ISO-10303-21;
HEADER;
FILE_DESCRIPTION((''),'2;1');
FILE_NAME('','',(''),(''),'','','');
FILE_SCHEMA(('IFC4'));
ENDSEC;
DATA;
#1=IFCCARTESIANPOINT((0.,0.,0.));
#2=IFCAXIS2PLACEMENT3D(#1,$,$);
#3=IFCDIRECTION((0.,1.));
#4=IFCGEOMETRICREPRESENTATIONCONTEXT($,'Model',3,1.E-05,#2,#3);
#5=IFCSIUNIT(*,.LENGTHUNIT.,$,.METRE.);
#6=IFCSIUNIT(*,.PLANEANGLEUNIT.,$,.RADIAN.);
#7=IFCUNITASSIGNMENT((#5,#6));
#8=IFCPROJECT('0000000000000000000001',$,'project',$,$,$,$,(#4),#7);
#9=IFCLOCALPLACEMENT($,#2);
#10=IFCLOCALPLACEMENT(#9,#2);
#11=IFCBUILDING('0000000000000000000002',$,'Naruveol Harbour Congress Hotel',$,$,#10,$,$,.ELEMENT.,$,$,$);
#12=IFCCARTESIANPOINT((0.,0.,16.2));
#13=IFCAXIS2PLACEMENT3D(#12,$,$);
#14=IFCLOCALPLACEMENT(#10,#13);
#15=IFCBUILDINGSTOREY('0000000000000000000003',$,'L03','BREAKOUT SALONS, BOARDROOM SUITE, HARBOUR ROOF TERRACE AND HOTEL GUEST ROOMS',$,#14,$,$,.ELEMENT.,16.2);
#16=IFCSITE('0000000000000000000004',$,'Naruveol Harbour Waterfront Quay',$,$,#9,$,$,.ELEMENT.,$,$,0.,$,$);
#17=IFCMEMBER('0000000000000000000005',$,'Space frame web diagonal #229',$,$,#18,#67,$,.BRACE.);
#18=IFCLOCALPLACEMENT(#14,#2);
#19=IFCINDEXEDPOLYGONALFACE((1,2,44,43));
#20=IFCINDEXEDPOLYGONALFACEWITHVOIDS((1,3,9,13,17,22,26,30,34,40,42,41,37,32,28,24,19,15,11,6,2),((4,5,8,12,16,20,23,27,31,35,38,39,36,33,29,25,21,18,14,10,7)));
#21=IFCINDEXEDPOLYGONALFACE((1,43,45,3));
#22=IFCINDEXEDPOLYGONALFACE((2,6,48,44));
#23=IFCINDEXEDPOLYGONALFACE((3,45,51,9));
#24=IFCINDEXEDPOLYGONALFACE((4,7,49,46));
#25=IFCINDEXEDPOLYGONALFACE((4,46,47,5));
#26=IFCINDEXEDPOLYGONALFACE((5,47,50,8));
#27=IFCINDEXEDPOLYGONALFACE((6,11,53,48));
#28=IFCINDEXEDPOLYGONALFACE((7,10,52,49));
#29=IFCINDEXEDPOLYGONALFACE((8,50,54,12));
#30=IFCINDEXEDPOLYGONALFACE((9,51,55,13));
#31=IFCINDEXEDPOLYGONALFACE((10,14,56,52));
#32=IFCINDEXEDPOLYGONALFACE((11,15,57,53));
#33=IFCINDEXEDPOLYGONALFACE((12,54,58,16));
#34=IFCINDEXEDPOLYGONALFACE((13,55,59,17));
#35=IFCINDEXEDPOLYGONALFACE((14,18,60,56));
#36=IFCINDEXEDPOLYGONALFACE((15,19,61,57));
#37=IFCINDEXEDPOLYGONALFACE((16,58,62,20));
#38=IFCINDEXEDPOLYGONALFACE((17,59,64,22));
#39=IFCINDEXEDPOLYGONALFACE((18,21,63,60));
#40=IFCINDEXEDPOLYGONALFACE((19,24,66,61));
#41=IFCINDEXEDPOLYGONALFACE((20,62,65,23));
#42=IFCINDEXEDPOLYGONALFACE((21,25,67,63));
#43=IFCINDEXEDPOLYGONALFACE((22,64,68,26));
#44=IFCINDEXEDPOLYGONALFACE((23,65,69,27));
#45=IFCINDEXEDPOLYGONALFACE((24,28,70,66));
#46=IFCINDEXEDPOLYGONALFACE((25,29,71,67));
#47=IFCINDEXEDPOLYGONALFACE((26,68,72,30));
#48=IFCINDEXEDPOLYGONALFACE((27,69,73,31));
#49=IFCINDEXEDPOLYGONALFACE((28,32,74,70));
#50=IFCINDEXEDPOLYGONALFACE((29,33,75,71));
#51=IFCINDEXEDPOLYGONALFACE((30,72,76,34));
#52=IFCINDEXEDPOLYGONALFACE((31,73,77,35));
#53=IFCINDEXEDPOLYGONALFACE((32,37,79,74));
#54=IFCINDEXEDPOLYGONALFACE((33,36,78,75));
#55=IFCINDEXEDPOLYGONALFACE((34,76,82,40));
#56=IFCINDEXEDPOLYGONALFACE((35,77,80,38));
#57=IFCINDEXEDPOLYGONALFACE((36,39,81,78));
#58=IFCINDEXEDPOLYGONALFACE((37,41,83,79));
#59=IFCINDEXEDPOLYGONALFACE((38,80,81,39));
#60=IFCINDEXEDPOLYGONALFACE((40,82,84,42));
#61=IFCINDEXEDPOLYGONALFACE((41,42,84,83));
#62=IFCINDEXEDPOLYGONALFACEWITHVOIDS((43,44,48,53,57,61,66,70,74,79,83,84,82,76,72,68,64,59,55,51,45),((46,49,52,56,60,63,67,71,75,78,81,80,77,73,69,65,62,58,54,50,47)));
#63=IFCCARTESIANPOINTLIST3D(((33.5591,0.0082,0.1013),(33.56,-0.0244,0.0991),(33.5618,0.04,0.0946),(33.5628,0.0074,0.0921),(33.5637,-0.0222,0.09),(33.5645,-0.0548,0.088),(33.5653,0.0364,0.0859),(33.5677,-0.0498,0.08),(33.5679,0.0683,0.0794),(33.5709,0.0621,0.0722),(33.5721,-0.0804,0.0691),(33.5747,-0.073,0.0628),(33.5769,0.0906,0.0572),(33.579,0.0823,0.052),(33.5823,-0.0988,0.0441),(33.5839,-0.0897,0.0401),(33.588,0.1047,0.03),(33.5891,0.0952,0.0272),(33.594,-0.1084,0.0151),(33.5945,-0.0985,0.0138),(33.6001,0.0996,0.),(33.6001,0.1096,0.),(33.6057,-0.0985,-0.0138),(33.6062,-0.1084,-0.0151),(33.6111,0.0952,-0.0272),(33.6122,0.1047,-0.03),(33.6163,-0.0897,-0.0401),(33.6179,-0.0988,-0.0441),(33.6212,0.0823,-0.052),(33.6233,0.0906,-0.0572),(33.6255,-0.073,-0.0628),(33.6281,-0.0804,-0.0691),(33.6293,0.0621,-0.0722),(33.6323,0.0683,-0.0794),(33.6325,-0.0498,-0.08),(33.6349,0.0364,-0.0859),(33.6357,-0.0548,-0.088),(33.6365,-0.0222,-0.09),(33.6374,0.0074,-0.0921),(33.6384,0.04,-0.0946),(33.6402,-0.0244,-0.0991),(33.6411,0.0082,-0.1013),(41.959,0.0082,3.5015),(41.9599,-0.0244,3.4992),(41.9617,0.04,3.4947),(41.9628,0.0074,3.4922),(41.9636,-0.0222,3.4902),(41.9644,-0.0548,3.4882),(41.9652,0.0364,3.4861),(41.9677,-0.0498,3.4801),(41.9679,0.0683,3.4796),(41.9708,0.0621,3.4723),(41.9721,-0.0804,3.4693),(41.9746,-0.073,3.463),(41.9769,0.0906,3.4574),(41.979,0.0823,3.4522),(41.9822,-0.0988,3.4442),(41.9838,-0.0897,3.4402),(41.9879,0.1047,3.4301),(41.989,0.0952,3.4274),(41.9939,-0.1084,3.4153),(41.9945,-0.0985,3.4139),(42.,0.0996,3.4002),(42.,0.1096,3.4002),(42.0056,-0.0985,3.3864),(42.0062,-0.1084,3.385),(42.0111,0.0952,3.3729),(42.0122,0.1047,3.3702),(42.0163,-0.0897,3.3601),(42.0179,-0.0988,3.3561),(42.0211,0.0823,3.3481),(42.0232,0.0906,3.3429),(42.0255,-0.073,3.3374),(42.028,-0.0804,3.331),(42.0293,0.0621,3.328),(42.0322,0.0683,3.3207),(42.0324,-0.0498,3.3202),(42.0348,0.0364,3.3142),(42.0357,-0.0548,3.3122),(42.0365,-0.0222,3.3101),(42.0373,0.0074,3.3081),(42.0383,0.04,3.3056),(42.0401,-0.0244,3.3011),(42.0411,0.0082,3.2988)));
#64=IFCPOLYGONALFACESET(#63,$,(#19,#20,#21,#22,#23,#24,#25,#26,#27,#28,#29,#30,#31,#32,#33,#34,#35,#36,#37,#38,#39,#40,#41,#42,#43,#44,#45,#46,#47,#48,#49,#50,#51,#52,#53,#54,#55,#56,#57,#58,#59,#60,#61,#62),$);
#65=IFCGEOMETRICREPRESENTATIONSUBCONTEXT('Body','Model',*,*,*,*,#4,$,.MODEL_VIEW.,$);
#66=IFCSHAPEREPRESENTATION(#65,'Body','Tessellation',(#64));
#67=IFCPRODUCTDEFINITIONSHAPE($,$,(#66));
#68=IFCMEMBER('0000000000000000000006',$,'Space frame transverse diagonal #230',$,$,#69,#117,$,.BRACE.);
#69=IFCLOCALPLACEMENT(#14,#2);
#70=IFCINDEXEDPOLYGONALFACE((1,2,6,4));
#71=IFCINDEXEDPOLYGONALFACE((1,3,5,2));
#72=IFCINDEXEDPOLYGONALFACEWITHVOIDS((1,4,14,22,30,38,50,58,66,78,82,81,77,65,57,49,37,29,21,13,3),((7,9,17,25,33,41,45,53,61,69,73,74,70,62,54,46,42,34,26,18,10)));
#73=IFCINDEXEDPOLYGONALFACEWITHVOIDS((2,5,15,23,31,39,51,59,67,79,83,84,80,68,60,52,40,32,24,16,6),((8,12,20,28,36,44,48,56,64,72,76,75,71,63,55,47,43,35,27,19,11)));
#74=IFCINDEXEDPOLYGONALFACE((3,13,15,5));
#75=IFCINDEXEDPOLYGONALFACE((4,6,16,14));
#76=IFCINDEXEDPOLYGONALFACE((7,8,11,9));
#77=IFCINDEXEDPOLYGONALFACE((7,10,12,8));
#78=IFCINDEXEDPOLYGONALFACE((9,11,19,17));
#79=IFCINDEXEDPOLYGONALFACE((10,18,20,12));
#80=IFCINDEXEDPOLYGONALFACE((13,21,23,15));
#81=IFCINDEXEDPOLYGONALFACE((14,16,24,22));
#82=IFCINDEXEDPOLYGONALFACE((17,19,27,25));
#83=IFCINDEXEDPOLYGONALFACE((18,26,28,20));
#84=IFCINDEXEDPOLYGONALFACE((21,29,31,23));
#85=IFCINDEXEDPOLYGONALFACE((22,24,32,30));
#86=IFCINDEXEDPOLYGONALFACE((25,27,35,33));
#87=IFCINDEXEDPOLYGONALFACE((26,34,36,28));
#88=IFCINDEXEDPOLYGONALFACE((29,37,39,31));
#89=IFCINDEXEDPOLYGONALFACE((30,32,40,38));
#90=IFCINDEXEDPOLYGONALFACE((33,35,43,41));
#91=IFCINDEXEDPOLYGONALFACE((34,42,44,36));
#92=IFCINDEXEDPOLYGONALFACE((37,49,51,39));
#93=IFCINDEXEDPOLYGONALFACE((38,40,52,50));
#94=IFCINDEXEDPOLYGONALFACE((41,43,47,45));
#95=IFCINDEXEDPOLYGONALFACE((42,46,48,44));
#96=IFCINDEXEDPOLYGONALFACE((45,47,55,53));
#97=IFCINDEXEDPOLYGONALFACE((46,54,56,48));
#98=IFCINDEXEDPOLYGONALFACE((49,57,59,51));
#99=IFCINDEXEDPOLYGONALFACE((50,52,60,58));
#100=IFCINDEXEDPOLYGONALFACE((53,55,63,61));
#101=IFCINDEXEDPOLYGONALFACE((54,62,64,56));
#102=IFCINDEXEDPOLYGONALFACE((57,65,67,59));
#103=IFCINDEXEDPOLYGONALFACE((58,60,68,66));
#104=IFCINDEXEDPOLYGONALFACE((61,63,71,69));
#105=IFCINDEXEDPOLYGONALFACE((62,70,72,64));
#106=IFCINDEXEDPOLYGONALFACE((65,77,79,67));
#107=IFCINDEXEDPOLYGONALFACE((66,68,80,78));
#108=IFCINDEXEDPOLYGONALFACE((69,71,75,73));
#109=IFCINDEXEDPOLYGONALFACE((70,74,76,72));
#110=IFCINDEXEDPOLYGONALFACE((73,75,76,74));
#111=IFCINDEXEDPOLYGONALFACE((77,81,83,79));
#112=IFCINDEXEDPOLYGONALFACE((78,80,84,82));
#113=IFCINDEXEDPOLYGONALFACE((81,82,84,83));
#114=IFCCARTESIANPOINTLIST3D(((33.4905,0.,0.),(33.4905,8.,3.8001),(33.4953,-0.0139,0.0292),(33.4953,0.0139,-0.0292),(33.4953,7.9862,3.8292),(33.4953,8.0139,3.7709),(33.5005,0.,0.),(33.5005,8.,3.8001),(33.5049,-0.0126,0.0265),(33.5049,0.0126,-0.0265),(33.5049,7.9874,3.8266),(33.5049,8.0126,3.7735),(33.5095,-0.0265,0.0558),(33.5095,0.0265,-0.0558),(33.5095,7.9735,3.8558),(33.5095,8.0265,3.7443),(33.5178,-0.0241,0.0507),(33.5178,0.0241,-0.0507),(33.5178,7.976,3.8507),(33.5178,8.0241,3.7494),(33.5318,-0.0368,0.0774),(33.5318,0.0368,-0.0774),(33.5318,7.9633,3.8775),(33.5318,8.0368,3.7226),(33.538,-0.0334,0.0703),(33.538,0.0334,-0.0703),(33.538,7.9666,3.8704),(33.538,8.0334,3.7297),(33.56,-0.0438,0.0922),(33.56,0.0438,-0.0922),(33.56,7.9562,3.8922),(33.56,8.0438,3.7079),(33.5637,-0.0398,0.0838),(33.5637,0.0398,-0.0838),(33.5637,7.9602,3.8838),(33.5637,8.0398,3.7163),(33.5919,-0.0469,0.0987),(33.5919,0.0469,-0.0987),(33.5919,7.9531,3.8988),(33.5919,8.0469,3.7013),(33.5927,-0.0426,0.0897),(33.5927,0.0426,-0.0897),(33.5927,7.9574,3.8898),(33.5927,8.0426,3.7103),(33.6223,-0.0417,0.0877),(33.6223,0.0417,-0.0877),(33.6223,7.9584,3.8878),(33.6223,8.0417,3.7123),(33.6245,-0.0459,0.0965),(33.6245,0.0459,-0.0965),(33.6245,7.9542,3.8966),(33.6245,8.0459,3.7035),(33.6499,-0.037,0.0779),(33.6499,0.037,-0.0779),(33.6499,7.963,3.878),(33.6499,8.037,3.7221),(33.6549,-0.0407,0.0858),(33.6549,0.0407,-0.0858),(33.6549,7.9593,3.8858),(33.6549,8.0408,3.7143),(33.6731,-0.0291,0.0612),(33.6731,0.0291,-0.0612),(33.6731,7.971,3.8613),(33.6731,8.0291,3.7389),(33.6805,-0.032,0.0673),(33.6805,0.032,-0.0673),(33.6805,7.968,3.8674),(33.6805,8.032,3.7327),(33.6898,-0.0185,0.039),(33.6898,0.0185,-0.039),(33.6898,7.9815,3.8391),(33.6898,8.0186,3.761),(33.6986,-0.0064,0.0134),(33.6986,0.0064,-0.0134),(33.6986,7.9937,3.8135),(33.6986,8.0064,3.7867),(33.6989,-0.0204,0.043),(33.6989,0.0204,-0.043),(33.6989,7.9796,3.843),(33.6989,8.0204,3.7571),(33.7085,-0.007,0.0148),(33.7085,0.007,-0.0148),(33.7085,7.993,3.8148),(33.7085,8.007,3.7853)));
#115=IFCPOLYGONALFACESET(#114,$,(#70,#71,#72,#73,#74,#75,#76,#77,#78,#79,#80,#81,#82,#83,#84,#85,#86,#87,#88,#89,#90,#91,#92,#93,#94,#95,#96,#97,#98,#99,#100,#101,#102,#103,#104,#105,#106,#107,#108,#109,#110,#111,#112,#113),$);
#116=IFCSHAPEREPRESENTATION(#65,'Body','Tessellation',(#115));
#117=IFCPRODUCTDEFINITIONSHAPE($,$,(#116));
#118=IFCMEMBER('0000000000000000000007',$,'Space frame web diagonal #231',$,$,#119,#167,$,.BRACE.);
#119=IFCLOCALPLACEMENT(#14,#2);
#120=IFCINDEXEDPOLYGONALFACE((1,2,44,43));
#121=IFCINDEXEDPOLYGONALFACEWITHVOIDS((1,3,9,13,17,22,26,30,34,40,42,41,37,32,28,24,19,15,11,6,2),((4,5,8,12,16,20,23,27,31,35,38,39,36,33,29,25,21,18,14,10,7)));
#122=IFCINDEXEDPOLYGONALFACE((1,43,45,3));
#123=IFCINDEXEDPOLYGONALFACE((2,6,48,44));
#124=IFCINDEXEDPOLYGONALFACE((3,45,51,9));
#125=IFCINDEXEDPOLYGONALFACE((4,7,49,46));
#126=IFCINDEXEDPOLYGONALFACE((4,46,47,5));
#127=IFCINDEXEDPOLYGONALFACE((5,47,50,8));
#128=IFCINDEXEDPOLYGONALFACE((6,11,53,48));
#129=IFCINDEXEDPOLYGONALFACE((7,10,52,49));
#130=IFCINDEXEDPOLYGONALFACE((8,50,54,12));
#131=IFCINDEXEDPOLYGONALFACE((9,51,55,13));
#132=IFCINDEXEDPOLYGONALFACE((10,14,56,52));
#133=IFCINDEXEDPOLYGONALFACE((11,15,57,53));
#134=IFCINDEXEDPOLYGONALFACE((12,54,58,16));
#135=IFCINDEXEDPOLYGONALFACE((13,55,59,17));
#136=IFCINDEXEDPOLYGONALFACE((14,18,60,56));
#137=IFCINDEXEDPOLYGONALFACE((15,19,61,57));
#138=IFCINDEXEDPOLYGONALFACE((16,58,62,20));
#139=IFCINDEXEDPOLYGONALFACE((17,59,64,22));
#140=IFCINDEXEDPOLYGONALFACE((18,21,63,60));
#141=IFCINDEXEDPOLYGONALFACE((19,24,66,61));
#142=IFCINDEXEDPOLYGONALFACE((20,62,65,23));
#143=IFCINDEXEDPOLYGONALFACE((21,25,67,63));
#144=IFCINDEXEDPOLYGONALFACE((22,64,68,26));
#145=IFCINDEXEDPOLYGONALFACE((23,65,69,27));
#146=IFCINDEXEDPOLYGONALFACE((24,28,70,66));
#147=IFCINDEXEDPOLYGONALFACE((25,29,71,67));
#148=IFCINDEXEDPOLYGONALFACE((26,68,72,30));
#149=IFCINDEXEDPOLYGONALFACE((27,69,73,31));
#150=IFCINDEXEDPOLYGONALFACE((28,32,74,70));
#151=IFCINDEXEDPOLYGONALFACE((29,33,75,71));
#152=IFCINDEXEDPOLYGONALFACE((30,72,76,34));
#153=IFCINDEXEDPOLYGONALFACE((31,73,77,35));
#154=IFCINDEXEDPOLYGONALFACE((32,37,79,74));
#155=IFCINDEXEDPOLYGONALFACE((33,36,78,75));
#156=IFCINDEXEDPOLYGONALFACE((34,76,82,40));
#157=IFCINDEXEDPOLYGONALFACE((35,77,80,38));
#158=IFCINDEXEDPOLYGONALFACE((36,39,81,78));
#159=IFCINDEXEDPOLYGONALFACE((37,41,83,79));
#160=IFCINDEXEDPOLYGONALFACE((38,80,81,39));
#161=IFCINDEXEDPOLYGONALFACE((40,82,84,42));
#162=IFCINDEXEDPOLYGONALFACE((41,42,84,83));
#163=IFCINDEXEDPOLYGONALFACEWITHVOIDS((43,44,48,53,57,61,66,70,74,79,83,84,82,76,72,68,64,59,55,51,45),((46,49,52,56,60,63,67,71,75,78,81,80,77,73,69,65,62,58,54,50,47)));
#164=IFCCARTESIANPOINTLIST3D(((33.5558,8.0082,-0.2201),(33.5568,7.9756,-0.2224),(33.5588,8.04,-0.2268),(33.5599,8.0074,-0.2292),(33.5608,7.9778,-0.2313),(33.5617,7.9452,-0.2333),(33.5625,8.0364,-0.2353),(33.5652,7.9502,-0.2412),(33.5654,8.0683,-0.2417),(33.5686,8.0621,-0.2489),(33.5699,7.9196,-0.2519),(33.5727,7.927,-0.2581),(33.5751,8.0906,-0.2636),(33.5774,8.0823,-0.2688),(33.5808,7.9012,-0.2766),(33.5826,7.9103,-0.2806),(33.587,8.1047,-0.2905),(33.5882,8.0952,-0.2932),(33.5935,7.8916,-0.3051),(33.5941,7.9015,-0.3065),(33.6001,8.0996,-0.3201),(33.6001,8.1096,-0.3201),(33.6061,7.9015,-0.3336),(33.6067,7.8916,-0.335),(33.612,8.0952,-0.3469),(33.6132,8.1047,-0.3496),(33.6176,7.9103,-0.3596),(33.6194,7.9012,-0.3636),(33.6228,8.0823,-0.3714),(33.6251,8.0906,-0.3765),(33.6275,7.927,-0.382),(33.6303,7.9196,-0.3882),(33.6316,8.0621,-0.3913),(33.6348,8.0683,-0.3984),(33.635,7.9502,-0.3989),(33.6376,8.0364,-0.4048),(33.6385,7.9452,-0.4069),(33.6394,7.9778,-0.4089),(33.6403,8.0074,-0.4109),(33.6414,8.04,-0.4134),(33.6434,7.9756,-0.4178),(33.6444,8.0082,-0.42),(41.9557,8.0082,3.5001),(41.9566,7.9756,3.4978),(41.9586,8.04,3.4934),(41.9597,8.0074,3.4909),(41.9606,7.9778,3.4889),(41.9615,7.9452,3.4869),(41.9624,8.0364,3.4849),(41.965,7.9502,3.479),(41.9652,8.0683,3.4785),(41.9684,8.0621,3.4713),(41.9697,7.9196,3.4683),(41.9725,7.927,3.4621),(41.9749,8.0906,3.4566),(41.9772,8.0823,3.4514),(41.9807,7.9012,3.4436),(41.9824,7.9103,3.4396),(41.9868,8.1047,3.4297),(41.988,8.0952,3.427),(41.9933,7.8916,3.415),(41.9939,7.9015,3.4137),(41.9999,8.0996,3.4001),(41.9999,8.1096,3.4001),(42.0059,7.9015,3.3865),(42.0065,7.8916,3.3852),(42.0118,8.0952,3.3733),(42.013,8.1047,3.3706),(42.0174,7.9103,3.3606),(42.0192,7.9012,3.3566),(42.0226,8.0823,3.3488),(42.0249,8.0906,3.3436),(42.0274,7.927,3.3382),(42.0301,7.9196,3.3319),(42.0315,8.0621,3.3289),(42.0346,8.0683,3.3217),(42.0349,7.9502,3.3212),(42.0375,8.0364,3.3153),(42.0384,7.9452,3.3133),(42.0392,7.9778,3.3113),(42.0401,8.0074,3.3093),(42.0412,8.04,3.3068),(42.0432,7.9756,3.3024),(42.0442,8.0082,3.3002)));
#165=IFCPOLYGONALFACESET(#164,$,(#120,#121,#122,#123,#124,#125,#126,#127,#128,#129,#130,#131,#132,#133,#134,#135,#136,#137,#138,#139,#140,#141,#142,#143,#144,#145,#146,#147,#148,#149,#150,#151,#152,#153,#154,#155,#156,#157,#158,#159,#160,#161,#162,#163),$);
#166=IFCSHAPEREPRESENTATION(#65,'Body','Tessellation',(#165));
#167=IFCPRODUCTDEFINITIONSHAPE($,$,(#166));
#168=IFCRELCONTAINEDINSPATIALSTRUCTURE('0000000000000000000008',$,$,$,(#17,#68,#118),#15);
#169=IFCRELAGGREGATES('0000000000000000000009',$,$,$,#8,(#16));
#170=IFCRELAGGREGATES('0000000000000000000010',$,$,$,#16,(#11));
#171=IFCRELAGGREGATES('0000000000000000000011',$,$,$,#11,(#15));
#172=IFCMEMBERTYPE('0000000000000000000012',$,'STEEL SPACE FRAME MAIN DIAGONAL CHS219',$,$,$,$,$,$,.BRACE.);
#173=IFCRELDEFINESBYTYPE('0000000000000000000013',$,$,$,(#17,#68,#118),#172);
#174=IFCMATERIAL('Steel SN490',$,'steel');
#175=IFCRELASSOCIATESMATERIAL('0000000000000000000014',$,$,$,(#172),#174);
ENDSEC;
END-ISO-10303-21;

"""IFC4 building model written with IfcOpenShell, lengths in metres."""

from ifc_helpers import new_model, si_unit, direction, frame, origin, origin_2d, place, context, subcontext, project, spatial, hollow_circle, extrude, material, material_profile, profile_set, type_object, element, save


model = new_model("IFC4")

# Units and contexts
model_context = context("Model", 3, precision=1e-05, world=origin(), true_north=direction((0.0, 1.0)))
body_context = subcontext(model_context, "Body", "Model", "MODEL_VIEW")
ifc_project = project(units=[si_unit("LENGTHUNIT", "METRE"), si_unit("PLANEANGLEUNIT", "RADIAN")], contexts=[model_context])

# Site, building, storey
site_placement = place(None, origin())
site = spatial("IfcSite", under=ifc_project, at=site_placement, Name="Naruveol Harbour Waterfront Quay", CompositionType="ELEMENT", RefElevation=0.0)
building_placement = place(site_placement, origin())
building = spatial("IfcBuilding", under=site, at=building_placement, Name="Naruveol Harbour Congress Hotel", CompositionType="ELEMENT")
storey_placement = place(building_placement, frame((0.0, 0.0, 16.2)))
storey = spatial("IfcBuildingStorey", under=building, at=storey_placement, Name="L03", Description="BREAKOUT SALONS, BOARDROOM SUITE, HARBOUR ROOF TERRACE AND HOTEL GUEST ROOMS", CompositionType="ELEMENT", Elevation=16.2)

# Members
ifc_material_1 = material(Name="Steel SN490", Category="steel")
ifc_material_profile_1 = material_profile(ifc_material_1, hollow_circle(Radius=0.1096, WallThickness=0.01, at=origin_2d()), Name="CHS-219.1x10")
ifc_profile_set_1 = profile_set([ifc_material_profile_1], Name="Steel SN490")
member_type_1 = type_object("IfcMemberType", Name="STEEL SPACE FRAME MAIN DIAGONAL CHS219", PredefinedType="BRACE", material=ifc_profile_set_1)
member_1_placement = place(storey_placement, frame((33.6001, 0.0, 0.0), z_axis=(0.92694, 0.0, 0.37521), x_axis=(0.0, 1.0, 0.0)))
element("IfcMember", 1, at=member_1_placement, inside=storey, type_object=member_type_1, Name="Space frame web diagonal #229", PredefinedType="BRACE", context=body_context, shape_type="SweptSolid", body=[
    extrude(hollow_circle(Radius=0.1096, WallThickness=0.01, at=origin_2d()), origin(), (0.0, 0.0, 1.0), 9.062),
])
member_2_placement = place(storey_placement, frame((33.6001, 0.0, 0.0), z_axis=(0.0, 0.903275, 0.429061), x_axis=(-1.0, 0.0, 0.0)))
element("IfcMember", 2, at=member_2_placement, inside=storey, type_object=member_type_1, Name="Space frame transverse diagonal #230", PredefinedType="BRACE", context=body_context, shape_type="SweptSolid", body=[
    extrude(hollow_circle(Radius=0.1096, WallThickness=0.01, at=origin_2d()), origin(), (0.0, 0.0, 1.0), 8.8567),
])
member_3_placement = place(storey_placement, frame((33.6001, 8.0, -0.3201), z_axis=(0.914339, 0.0, 0.40495), x_axis=(0.0, 1.0, 0.0)))
element("IfcMember", 3, at=member_3_placement, inside=storey, type_object=member_type_1, Name="Space frame web diagonal #231", PredefinedType="BRACE", context=body_context, shape_type="SweptSolid", body=[
    extrude(hollow_circle(Radius=0.1096, WallThickness=0.01, at=origin_2d()), origin(), (0.0, 0.0, 1.0), 9.1868),
])

save(model, "model.ifc")
